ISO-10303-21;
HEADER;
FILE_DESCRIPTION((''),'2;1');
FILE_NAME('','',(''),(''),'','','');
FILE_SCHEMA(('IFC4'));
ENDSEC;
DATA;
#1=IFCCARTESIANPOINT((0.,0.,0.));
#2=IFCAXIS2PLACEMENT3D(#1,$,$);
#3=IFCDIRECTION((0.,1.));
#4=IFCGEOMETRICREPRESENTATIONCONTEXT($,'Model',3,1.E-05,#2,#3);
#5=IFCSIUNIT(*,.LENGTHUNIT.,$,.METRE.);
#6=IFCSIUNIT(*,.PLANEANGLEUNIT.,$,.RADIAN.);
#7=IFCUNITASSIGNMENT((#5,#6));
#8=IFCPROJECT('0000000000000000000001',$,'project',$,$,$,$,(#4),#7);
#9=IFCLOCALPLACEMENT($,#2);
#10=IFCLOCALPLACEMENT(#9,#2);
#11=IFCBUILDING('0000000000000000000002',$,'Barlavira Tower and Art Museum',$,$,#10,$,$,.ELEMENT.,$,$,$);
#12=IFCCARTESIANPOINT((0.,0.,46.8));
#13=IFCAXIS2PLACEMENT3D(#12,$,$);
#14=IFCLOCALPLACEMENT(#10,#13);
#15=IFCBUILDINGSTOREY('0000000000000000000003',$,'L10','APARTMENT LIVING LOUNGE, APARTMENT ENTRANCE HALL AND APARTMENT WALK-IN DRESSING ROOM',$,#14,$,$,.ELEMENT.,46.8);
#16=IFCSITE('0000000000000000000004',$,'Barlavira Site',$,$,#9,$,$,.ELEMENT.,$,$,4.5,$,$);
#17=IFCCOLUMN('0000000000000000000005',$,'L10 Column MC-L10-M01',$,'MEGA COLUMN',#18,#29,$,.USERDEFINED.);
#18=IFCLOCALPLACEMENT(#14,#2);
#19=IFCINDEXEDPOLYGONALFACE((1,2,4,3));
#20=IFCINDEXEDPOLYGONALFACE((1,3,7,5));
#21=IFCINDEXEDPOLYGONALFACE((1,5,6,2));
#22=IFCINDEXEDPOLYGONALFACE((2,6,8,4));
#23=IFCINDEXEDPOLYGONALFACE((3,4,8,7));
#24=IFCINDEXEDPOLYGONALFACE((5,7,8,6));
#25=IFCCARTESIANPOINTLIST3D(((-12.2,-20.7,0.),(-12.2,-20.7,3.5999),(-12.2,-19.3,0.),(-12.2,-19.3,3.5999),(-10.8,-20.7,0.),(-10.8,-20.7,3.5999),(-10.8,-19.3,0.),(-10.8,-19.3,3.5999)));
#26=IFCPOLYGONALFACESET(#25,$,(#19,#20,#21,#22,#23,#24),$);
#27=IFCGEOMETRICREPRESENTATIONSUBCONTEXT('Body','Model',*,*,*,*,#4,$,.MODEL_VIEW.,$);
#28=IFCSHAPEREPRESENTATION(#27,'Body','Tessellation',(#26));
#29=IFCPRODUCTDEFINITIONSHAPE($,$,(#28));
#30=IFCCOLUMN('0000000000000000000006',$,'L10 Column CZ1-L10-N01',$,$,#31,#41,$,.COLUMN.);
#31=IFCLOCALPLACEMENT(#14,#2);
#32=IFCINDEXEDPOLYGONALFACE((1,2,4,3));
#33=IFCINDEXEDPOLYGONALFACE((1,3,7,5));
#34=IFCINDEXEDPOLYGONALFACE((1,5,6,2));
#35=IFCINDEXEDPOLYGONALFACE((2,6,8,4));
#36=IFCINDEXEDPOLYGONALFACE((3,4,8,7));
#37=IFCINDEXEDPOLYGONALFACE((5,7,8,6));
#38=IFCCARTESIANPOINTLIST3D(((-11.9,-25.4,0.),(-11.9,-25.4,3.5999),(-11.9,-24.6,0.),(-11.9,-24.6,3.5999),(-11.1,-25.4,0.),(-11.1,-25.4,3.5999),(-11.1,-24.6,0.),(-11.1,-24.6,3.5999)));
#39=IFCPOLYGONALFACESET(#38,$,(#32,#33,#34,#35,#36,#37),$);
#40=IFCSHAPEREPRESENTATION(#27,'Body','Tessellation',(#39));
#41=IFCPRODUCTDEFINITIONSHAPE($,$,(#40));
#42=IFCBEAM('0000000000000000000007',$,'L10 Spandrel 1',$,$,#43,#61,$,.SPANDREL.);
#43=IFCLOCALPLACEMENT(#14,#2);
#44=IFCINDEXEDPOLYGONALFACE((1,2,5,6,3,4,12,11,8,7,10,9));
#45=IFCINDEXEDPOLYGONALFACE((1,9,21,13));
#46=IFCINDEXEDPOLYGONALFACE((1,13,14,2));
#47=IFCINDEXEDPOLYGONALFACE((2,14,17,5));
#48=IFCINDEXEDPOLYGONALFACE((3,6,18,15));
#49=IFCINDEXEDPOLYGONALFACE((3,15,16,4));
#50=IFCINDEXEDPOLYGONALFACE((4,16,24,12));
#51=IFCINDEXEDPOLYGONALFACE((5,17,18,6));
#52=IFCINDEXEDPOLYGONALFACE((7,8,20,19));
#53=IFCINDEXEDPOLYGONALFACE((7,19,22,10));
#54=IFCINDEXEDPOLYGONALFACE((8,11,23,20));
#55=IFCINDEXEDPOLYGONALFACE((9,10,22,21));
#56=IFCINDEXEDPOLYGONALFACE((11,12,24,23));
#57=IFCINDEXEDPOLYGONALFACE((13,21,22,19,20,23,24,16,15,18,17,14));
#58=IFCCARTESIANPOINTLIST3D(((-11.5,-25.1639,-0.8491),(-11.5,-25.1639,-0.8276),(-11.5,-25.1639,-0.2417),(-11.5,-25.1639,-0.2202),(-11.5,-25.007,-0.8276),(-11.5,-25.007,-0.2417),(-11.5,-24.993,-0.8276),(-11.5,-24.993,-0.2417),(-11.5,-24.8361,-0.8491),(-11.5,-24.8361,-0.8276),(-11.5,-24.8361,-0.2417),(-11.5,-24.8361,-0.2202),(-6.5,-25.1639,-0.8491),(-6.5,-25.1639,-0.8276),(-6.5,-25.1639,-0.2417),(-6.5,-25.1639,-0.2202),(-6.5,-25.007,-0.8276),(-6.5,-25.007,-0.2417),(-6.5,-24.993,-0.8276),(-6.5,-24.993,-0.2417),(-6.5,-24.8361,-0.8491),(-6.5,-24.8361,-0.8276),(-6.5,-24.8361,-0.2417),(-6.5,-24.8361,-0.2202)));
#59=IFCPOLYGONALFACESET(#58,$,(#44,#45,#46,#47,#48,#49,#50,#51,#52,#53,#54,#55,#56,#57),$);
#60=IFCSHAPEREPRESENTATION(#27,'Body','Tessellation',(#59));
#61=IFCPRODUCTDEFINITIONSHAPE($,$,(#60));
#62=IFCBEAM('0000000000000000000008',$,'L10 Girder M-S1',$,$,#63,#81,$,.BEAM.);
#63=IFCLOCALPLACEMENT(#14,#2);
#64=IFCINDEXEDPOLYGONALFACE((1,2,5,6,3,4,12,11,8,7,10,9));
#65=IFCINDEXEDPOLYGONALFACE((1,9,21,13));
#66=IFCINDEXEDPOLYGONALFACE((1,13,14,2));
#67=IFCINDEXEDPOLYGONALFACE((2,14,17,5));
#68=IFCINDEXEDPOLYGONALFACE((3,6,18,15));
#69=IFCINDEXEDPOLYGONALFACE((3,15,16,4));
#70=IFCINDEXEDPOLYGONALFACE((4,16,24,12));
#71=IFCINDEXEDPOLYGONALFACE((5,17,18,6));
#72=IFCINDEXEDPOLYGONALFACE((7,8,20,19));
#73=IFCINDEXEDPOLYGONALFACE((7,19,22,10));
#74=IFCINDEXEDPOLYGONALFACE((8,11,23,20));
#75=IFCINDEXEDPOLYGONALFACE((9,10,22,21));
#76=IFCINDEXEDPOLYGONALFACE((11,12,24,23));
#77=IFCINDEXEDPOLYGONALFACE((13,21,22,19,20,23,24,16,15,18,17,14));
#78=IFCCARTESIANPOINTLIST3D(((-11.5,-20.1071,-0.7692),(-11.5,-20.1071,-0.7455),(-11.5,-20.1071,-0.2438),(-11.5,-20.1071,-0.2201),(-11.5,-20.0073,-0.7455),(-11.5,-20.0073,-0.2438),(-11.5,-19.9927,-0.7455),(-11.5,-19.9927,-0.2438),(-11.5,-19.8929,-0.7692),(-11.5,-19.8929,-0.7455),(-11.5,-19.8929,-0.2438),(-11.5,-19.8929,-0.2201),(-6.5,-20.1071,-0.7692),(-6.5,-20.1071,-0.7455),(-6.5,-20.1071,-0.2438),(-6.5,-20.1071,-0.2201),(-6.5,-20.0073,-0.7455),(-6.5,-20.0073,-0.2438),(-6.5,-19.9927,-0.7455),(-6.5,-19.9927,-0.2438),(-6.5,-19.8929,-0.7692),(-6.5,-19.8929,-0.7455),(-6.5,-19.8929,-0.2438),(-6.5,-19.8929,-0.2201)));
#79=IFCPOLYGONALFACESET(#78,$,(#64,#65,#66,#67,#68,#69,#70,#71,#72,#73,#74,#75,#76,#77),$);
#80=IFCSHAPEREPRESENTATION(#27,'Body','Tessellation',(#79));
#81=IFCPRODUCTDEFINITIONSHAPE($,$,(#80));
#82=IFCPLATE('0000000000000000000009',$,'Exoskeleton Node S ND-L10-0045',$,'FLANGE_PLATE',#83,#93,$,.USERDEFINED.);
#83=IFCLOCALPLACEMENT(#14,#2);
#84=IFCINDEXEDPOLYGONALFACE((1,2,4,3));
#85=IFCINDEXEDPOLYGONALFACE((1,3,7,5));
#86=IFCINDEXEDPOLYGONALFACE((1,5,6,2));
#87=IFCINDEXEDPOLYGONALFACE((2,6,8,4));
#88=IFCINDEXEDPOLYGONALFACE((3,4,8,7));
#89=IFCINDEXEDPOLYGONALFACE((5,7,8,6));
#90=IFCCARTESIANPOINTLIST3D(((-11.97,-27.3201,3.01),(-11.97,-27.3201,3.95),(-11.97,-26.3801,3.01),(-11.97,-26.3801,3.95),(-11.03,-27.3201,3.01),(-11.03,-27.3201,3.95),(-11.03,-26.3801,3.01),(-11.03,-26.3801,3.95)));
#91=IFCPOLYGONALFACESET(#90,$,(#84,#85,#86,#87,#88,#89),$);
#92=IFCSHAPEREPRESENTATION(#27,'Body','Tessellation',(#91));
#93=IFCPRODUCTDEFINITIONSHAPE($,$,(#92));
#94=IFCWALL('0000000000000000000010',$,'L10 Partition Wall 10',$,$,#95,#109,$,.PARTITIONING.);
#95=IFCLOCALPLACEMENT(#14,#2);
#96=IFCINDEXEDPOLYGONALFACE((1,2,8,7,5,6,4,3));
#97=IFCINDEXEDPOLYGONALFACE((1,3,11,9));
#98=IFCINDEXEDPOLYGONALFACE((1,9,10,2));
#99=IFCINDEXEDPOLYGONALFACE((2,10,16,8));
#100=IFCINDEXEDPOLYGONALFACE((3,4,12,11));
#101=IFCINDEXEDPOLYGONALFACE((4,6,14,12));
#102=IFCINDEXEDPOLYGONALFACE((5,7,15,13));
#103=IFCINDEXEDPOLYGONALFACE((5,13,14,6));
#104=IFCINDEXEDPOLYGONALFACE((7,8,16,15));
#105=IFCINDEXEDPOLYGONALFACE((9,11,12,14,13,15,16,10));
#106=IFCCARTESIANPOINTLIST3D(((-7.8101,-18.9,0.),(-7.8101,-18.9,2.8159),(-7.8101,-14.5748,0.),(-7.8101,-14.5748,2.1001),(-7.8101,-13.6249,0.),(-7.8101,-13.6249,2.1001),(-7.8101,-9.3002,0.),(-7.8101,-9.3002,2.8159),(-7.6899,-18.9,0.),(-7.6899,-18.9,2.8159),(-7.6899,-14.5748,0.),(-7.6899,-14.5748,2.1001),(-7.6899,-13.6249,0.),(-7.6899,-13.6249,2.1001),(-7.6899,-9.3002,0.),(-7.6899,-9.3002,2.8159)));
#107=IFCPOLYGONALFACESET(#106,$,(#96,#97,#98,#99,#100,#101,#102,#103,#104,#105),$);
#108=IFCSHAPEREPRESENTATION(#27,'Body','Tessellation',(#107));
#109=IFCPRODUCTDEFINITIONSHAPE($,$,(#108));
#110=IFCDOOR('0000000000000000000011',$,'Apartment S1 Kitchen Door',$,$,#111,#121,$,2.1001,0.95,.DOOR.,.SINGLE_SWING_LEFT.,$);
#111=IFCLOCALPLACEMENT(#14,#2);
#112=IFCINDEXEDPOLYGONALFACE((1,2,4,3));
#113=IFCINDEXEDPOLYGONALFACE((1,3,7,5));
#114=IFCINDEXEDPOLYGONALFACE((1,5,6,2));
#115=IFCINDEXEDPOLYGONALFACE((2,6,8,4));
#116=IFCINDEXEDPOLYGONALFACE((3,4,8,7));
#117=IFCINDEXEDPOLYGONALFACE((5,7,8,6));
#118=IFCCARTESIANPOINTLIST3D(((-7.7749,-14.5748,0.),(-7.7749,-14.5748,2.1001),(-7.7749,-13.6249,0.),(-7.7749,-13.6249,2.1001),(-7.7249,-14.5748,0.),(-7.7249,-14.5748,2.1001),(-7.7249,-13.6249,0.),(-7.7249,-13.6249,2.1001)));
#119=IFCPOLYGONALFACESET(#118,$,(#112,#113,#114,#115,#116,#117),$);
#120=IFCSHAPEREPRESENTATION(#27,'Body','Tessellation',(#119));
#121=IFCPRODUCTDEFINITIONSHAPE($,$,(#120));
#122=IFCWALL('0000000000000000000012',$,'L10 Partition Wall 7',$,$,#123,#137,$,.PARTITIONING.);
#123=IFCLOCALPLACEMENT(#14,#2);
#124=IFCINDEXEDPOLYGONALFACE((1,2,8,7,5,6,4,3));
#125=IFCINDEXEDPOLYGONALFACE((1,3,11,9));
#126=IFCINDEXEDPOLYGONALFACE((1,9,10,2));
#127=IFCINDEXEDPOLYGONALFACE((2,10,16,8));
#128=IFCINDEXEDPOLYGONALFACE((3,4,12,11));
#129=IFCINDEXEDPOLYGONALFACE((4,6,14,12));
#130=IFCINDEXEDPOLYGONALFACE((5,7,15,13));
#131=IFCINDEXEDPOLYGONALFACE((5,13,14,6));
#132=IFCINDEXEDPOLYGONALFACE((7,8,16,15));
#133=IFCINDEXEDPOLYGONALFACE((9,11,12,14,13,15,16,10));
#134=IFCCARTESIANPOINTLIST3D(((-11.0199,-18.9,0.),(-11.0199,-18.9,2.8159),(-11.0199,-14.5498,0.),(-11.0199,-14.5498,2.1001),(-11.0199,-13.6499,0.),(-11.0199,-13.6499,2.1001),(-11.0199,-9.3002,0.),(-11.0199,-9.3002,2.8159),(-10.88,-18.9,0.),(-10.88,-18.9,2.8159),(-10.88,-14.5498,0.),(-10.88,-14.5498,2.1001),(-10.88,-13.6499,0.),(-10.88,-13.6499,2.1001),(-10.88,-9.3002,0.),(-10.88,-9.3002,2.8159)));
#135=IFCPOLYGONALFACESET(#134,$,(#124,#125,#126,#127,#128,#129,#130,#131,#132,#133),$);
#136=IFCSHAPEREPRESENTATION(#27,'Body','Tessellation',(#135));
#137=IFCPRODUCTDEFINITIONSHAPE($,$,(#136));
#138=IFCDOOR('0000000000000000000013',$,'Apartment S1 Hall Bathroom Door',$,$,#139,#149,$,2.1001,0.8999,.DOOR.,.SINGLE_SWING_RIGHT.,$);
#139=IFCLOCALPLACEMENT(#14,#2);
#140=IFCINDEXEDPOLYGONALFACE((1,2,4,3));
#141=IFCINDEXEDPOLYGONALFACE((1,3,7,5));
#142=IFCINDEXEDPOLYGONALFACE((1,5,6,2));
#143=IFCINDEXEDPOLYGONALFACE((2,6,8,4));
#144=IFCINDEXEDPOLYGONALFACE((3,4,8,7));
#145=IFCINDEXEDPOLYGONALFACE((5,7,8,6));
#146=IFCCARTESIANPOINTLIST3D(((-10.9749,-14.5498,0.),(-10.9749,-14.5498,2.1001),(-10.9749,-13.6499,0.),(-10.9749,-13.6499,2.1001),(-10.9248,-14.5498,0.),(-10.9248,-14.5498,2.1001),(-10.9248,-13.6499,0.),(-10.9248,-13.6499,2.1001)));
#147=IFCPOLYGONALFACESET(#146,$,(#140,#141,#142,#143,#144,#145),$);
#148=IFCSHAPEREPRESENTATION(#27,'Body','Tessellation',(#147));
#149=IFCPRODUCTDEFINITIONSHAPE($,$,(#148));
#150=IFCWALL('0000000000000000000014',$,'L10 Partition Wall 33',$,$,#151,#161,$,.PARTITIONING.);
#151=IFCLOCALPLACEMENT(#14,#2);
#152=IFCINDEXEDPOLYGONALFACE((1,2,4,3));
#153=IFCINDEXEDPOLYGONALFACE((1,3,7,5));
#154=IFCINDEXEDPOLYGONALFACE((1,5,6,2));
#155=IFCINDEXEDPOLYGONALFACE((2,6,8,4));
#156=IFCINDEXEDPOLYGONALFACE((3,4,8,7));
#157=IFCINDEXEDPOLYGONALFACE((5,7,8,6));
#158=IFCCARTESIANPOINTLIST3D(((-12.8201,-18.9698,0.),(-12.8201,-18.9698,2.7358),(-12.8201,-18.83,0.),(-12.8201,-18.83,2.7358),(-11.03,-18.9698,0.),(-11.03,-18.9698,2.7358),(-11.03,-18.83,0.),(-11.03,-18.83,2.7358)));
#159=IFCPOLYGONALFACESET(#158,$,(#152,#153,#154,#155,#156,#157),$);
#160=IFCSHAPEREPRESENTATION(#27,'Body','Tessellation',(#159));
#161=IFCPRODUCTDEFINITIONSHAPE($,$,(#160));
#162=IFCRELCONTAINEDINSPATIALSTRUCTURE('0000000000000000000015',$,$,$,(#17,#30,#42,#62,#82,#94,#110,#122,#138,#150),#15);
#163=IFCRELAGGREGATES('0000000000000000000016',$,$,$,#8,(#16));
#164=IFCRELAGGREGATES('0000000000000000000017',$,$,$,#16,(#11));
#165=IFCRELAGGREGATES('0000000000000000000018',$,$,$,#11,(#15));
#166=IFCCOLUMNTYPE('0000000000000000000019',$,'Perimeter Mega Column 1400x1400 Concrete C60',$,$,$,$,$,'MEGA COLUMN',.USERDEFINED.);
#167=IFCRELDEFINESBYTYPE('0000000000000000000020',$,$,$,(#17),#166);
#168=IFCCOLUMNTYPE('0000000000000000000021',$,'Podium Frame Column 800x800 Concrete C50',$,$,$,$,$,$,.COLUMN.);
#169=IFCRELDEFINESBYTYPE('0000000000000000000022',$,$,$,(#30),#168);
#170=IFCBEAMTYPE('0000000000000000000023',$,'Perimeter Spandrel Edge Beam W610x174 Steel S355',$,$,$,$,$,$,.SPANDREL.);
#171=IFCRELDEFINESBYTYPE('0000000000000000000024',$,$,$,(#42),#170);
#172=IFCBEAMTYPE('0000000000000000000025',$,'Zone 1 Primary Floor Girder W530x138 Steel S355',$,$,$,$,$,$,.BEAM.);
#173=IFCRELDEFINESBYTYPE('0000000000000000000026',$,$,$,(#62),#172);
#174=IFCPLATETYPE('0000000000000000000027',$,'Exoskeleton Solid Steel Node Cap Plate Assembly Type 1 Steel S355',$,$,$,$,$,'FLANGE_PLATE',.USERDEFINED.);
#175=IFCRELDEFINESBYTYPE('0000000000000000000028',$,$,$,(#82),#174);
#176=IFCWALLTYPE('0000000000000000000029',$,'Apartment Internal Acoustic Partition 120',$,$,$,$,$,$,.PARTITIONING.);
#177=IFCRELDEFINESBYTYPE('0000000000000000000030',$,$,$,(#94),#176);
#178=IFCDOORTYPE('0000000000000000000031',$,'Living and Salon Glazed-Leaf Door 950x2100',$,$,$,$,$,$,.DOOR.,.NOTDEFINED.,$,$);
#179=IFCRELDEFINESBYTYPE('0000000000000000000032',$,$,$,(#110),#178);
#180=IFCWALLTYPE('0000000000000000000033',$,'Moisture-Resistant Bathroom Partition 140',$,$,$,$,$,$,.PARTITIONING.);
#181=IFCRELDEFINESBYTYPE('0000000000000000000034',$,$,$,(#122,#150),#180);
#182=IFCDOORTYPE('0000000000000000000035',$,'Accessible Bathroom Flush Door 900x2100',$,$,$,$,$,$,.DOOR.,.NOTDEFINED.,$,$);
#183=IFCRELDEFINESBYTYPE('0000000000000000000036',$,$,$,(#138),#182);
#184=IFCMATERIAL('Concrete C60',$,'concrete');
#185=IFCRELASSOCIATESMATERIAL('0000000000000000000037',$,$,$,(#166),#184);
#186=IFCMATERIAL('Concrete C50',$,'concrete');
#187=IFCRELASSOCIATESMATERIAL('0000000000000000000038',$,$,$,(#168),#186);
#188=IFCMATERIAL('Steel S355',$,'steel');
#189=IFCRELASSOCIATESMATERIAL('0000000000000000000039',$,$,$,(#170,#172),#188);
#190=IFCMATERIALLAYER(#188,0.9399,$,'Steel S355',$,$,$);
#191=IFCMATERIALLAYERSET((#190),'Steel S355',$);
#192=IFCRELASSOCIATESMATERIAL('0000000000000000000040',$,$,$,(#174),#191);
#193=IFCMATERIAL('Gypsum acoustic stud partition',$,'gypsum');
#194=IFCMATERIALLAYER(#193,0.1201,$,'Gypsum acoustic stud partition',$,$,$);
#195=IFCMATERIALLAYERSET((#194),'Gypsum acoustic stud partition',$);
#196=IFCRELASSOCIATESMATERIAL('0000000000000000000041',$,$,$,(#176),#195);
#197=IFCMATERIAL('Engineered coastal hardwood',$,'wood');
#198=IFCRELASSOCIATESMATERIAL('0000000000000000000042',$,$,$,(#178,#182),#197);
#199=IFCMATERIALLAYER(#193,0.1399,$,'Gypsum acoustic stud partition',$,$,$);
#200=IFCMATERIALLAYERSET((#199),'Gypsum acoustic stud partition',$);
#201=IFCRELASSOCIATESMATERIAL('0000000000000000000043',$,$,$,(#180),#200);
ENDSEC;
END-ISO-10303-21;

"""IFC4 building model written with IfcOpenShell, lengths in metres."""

from ifc_helpers import new_model, si_unit, direction, frame, frame_2d, origin, origin_2d, place, context, subcontext, project, spatial, rectangle, i_section, extrude, material, layer, layer_set, material_profile, profile_set, type_object, element, fill, save


model = new_model("IFC4")

# Units and contexts
model_context = context("Model", 3, precision=1e-05, world=origin(), true_north=direction((0.0, 1.0)))
body_context = subcontext(model_context, "Body", "Model", "MODEL_VIEW")
ifc_project = project(units=[si_unit("LENGTHUNIT", "METRE"), si_unit("PLANEANGLEUNIT", "RADIAN")], contexts=[model_context])

# Site, building, storey
site_placement = place(None, origin())
site = spatial("IfcSite", under=ifc_project, at=site_placement, Name="Barlavira Site", CompositionType="ELEMENT", RefElevation=4.5)
building_placement = place(site_placement, origin())
building = spatial("IfcBuilding", under=site, at=building_placement, Name="Barlavira Tower and Art Museum", CompositionType="ELEMENT")
storey_placement = place(building_placement, frame((0.0, 0.0, 46.8)))
storey = spatial("IfcBuildingStorey", under=building, at=storey_placement, Name="L10", Description="APARTMENT LIVING LOUNGE, APARTMENT ENTRANCE HALL AND APARTMENT WALK-IN DRESSING ROOM", CompositionType="ELEMENT", Elevation=46.8)

# Columns
ifc_material_1 = material(Name="Concrete C60", Category="concrete")
ifc_material_profile_1 = material_profile(ifc_material_1, rectangle(XDim=1.3999, YDim=1.3999, at=origin_2d()), Name="RC-MCOL 1400x1400")
ifc_profile_set_1 = profile_set([ifc_material_profile_1], Name="Concrete C60")
column_type_1 = type_object("IfcColumnType", Name="Perimeter Mega Column 1400x1400 Concrete C60", ElementType="MEGA COLUMN", PredefinedType="USERDEFINED", material=ifc_profile_set_1)
column_1_placement = place(storey_placement, frame((-11.5, -20.0, 0.0), z_axis=(0.0, 0.0, 1.0), x_axis=(1.0, 0.0, 0.0)))
element("IfcColumn", 1, at=column_1_placement, inside=storey, type_object=column_type_1, Name="L10 Column MC-L10-M01", ObjectType="MEGA COLUMN", PredefinedType="USERDEFINED", context=body_context, shape_type="SweptSolid", body=[
    extrude(rectangle(XDim=1.3999, YDim=1.3999, at=origin_2d()), origin(), (0.0, 0.0, 1.0), 3.5999),
])
ifc_material_2 = material(Name="Concrete C50", Category="concrete")
ifc_material_profile_2 = material_profile(ifc_material_2, rectangle(XDim=0.8, YDim=0.8, at=origin_2d()), Name="RC-COL 800x800")
ifc_profile_set_2 = profile_set([ifc_material_profile_2], Name="Concrete C50")
column_type_2 = type_object("IfcColumnType", Name="Podium Frame Column 800x800 Concrete C50", PredefinedType="COLUMN", material=ifc_profile_set_2)
column_2_placement = place(storey_placement, frame((-11.5, -25.0, 0.0), z_axis=(0.0, 0.0, 1.0), x_axis=(1.0, 0.0, 0.0)))
element("IfcColumn", 2, at=column_2_placement, inside=storey, type_object=column_type_2, Name="L10 Column CZ1-L10-N01", PredefinedType="COLUMN", context=body_context, shape_type="SweptSolid", body=[
    extrude(rectangle(XDim=0.8, YDim=0.8, at=origin_2d()), origin(), (0.0, 0.0, 1.0), 3.5999),
])

# Beams
ifc_material_3 = material(Name="Steel S355", Category="steel")
ifc_material_profile_3 = material_profile(ifc_material_3, i_section(OverallWidth=0.3279, OverallDepth=0.6289, WebThickness=0.0139, FlangeThickness=0.0215, at=origin_2d()), Name="W610x174.0")
ifc_profile_set_3 = profile_set([ifc_material_profile_3], Name="Steel S355")
beam_type_1 = type_object("IfcBeamType", Name="Perimeter Spandrel Edge Beam W610x174 Steel S355", PredefinedType="SPANDREL", material=ifc_profile_set_3)
beam_1_placement = place(storey_placement, frame((-11.5, -25.0, -0.5347), z_axis=(1.0, 0.0, 0.0), x_axis=(0.0, 1.0, 0.0)))
element("IfcBeam", 3, at=beam_1_placement, inside=storey, type_object=beam_type_1, Name="L10 Spandrel 1", PredefinedType="SPANDREL", context=body_context, shape_type="SweptSolid", body=[
    extrude(i_section(OverallWidth=0.3279, OverallDepth=0.6289, WebThickness=0.0139, FlangeThickness=0.0215, at=origin_2d()), origin(), (0.0, 0.0, 1.0), 5.0),
])
ifc_material_profile_4 = material_profile(ifc_material_3, i_section(OverallWidth=0.2141, OverallDepth=0.5491, WebThickness=0.0146, FlangeThickness=0.0237, at=origin_2d()), Name="W530x138.0")
ifc_profile_set_4 = profile_set([ifc_material_profile_4], Name="Steel S355")
beam_type_2 = type_object("IfcBeamType", Name="Zone 1 Primary Floor Girder W530x138 Steel S355", PredefinedType="BEAM", material=ifc_profile_set_4)
beam_2_placement = place(storey_placement, frame((-11.5, -20.0, -0.4946), z_axis=(1.0, 0.0, 0.0), x_axis=(0.0, 1.0, 0.0)))
element("IfcBeam", 4, at=beam_2_placement, inside=storey, type_object=beam_type_2, Name="L10 Girder M-S1", PredefinedType="BEAM", context=body_context, shape_type="SweptSolid", body=[
    extrude(i_section(OverallWidth=0.2141, OverallDepth=0.5491, WebThickness=0.0146, FlangeThickness=0.0237, at=origin_2d()), origin(), (0.0, 0.0, 1.0), 5.0),
])

# Plate
ifc_layer_1 = layer(ifc_material_3, 0.9399, Name="Steel S355")
ifc_layer_set_1 = layer_set([ifc_layer_1], Name="Steel S355")
plate_type = type_object("IfcPlateType", Name="Exoskeleton Solid Steel Node Cap Plate Assembly Type 1 Steel S355", ElementType="FLANGE_PLATE", PredefinedType="USERDEFINED", material=ifc_layer_set_1)
plate_placement = place(storey_placement, frame((-11.5, -26.8501, 3.01), z_axis=(0.0, 0.0, 1.0), x_axis=(1.0, 0.0, 0.0)))
element("IfcPlate", 5, at=plate_placement, inside=storey, type_object=plate_type, Name="Exoskeleton Node S ND-L10-0045", ObjectType="FLANGE_PLATE", PredefinedType="USERDEFINED", context=body_context, shape_type="SweptSolid", body=[
    extrude(rectangle(XDim=0.9399, YDim=0.9399, at=origin_2d()), origin(), (0.0, 0.0, 1.0), 0.9399),
])

# Walls, openings, doors
ifc_material_4 = material(Name="Gypsum acoustic stud partition", Category="gypsum")
ifc_layer_2 = layer(ifc_material_4, 0.1201, Name="Gypsum acoustic stud partition")
ifc_layer_set_2 = layer_set([ifc_layer_2], Name="Gypsum acoustic stud partition")
wall_type_1 = type_object("IfcWallType", Name="Apartment Internal Acoustic Partition 120", PredefinedType="PARTITIONING", material=ifc_layer_set_2)
wall_1_placement = place(storey_placement, frame((-7.75, -18.8999, 0.0), z_axis=(0.0, 0.0, 1.0), x_axis=(0.0, 1.0, 0.0)))
wall_1 = element("IfcWall", 6, at=wall_1_placement, inside=storey, type_object=wall_type_1, Name="L10 Partition Wall 10", PredefinedType="PARTITIONING", context=body_context, shape_type="SweptSolid", body=[
    extrude(rectangle(XDim=9.5999, YDim=0.1201, at=frame_2d((4.7998, 0.0))), origin(), (0.0, 0.0, 1.0), 2.8159),
])
opening_1_placement = place(wall_1_placement, frame((4.325, 0.0, 0.0)))
opening_1 = element("IfcOpeningElement", 7, at=opening_1_placement, cuts=wall_1, PredefinedType="OPENING", context=body_context, shape_type="SweptSolid", body=[
    extrude(rectangle(XDim=0.95, YDim=2.1001, at=frame_2d((0.4751, 1.05))), frame((0.0, 0.0701, 0.0), z_axis=(0.0, -1.0, 0.0), x_axis=(1.0, 0.0, 0.0)), (0.0, 0.0, 1.0), 0.1401),
])
ifc_material_5 = material(Name="Engineered coastal hardwood", Category="wood")
door_type_1 = type_object("IfcDoorType", Name="Living and Salon Glazed-Leaf Door 950x2100", OperationType="NOTDEFINED", PredefinedType="DOOR", material=ifc_material_5)
door_1_placement = place(opening_1_placement, origin())
door_1 = element("IfcDoor", 8, at=door_1_placement, inside=storey, type_object=door_type_1, Name="Apartment S1 Kitchen Door", OperationType="SINGLE_SWING_LEFT", OverallHeight=2.1001, OverallWidth=0.95, PredefinedType="DOOR", context=body_context, shape_type="SweptSolid", body=[
    extrude(rectangle(XDim=0.95, YDim=2.1001, at=frame_2d((0.4751, 1.05))), frame((0.0, 0.0249, 0.0), z_axis=(0.0, -1.0, 0.0), x_axis=(1.0, 0.0, 0.0)), (0.0, 0.0, 1.0), 0.05),
])
fill(opening_1, door_1)
ifc_layer_3 = layer(ifc_material_4, 0.1399, Name="Gypsum acoustic stud partition")
ifc_layer_set_3 = layer_set([ifc_layer_3], Name="Gypsum acoustic stud partition")
wall_type_2 = type_object("IfcWallType", Name="Moisture-Resistant Bathroom Partition 140", PredefinedType="PARTITIONING", material=ifc_layer_set_3)
wall_2_placement = place(storey_placement, frame((-10.95, -18.8999, 0.0), z_axis=(0.0, 0.0, 1.0), x_axis=(0.0, 1.0, 0.0)))
wall_2 = element("IfcWall", 9, at=wall_2_placement, inside=storey, type_object=wall_type_2, Name="L10 Partition Wall 7", PredefinedType="PARTITIONING", context=body_context, shape_type="SweptSolid", body=[
    extrude(rectangle(XDim=9.5999, YDim=0.1399, at=frame_2d((4.7998, 0.0))), origin(), (0.0, 0.0, 1.0), 2.8159),
])
opening_2_placement = place(wall_2_placement, frame((4.3501, 0.0, 0.0)))
opening_2 = element("IfcOpeningElement", 10, at=opening_2_placement, cuts=wall_2, PredefinedType="OPENING", context=body_context, shape_type="SweptSolid", body=[
    extrude(rectangle(XDim=0.8999, YDim=2.1001, at=frame_2d((0.45, 1.05))), frame((0.0, 0.0801, 0.0), z_axis=(0.0, -1.0, 0.0), x_axis=(1.0, 0.0, 0.0)), (0.0, 0.0, 1.0), 0.1599),
])
door_type_2 = type_object("IfcDoorType", Name="Accessible Bathroom Flush Door 900x2100", OperationType="NOTDEFINED", PredefinedType="DOOR", material=ifc_material_5)
door_2_placement = place(opening_2_placement, origin())
door_2 = element("IfcDoor", 11, at=door_2_placement, inside=storey, type_object=door_type_2, Name="Apartment S1 Hall Bathroom Door", OperationType="SINGLE_SWING_RIGHT", OverallHeight=2.1001, OverallWidth=0.8999, PredefinedType="DOOR", context=body_context, shape_type="SweptSolid", body=[
    extrude(rectangle(XDim=0.8999, YDim=2.1001, at=frame_2d((0.45, 1.05))), frame((0.0, 0.0249, 0.0), z_axis=(0.0, -1.0, 0.0), x_axis=(1.0, 0.0, 0.0)), (0.0, 0.0, 1.0), 0.05),
])
fill(opening_2, door_2)

# Wall
wall_3_placement = place(storey_placement, frame((-12.8201, -18.8999, 0.0), z_axis=(0.0, 0.0, 1.0), x_axis=(1.0, 0.0, 0.0)))
element("IfcWall", 12, at=wall_3_placement, inside=storey, type_object=wall_type_2, Name="L10 Partition Wall 33", PredefinedType="PARTITIONING", context=body_context, shape_type="SweptSolid", body=[
    extrude(rectangle(XDim=1.79, YDim=0.1399, at=frame_2d((0.895, 0.0))), origin(), (0.0, 0.0, 1.0), 2.7358),
])

save(model, "model.ifc")
